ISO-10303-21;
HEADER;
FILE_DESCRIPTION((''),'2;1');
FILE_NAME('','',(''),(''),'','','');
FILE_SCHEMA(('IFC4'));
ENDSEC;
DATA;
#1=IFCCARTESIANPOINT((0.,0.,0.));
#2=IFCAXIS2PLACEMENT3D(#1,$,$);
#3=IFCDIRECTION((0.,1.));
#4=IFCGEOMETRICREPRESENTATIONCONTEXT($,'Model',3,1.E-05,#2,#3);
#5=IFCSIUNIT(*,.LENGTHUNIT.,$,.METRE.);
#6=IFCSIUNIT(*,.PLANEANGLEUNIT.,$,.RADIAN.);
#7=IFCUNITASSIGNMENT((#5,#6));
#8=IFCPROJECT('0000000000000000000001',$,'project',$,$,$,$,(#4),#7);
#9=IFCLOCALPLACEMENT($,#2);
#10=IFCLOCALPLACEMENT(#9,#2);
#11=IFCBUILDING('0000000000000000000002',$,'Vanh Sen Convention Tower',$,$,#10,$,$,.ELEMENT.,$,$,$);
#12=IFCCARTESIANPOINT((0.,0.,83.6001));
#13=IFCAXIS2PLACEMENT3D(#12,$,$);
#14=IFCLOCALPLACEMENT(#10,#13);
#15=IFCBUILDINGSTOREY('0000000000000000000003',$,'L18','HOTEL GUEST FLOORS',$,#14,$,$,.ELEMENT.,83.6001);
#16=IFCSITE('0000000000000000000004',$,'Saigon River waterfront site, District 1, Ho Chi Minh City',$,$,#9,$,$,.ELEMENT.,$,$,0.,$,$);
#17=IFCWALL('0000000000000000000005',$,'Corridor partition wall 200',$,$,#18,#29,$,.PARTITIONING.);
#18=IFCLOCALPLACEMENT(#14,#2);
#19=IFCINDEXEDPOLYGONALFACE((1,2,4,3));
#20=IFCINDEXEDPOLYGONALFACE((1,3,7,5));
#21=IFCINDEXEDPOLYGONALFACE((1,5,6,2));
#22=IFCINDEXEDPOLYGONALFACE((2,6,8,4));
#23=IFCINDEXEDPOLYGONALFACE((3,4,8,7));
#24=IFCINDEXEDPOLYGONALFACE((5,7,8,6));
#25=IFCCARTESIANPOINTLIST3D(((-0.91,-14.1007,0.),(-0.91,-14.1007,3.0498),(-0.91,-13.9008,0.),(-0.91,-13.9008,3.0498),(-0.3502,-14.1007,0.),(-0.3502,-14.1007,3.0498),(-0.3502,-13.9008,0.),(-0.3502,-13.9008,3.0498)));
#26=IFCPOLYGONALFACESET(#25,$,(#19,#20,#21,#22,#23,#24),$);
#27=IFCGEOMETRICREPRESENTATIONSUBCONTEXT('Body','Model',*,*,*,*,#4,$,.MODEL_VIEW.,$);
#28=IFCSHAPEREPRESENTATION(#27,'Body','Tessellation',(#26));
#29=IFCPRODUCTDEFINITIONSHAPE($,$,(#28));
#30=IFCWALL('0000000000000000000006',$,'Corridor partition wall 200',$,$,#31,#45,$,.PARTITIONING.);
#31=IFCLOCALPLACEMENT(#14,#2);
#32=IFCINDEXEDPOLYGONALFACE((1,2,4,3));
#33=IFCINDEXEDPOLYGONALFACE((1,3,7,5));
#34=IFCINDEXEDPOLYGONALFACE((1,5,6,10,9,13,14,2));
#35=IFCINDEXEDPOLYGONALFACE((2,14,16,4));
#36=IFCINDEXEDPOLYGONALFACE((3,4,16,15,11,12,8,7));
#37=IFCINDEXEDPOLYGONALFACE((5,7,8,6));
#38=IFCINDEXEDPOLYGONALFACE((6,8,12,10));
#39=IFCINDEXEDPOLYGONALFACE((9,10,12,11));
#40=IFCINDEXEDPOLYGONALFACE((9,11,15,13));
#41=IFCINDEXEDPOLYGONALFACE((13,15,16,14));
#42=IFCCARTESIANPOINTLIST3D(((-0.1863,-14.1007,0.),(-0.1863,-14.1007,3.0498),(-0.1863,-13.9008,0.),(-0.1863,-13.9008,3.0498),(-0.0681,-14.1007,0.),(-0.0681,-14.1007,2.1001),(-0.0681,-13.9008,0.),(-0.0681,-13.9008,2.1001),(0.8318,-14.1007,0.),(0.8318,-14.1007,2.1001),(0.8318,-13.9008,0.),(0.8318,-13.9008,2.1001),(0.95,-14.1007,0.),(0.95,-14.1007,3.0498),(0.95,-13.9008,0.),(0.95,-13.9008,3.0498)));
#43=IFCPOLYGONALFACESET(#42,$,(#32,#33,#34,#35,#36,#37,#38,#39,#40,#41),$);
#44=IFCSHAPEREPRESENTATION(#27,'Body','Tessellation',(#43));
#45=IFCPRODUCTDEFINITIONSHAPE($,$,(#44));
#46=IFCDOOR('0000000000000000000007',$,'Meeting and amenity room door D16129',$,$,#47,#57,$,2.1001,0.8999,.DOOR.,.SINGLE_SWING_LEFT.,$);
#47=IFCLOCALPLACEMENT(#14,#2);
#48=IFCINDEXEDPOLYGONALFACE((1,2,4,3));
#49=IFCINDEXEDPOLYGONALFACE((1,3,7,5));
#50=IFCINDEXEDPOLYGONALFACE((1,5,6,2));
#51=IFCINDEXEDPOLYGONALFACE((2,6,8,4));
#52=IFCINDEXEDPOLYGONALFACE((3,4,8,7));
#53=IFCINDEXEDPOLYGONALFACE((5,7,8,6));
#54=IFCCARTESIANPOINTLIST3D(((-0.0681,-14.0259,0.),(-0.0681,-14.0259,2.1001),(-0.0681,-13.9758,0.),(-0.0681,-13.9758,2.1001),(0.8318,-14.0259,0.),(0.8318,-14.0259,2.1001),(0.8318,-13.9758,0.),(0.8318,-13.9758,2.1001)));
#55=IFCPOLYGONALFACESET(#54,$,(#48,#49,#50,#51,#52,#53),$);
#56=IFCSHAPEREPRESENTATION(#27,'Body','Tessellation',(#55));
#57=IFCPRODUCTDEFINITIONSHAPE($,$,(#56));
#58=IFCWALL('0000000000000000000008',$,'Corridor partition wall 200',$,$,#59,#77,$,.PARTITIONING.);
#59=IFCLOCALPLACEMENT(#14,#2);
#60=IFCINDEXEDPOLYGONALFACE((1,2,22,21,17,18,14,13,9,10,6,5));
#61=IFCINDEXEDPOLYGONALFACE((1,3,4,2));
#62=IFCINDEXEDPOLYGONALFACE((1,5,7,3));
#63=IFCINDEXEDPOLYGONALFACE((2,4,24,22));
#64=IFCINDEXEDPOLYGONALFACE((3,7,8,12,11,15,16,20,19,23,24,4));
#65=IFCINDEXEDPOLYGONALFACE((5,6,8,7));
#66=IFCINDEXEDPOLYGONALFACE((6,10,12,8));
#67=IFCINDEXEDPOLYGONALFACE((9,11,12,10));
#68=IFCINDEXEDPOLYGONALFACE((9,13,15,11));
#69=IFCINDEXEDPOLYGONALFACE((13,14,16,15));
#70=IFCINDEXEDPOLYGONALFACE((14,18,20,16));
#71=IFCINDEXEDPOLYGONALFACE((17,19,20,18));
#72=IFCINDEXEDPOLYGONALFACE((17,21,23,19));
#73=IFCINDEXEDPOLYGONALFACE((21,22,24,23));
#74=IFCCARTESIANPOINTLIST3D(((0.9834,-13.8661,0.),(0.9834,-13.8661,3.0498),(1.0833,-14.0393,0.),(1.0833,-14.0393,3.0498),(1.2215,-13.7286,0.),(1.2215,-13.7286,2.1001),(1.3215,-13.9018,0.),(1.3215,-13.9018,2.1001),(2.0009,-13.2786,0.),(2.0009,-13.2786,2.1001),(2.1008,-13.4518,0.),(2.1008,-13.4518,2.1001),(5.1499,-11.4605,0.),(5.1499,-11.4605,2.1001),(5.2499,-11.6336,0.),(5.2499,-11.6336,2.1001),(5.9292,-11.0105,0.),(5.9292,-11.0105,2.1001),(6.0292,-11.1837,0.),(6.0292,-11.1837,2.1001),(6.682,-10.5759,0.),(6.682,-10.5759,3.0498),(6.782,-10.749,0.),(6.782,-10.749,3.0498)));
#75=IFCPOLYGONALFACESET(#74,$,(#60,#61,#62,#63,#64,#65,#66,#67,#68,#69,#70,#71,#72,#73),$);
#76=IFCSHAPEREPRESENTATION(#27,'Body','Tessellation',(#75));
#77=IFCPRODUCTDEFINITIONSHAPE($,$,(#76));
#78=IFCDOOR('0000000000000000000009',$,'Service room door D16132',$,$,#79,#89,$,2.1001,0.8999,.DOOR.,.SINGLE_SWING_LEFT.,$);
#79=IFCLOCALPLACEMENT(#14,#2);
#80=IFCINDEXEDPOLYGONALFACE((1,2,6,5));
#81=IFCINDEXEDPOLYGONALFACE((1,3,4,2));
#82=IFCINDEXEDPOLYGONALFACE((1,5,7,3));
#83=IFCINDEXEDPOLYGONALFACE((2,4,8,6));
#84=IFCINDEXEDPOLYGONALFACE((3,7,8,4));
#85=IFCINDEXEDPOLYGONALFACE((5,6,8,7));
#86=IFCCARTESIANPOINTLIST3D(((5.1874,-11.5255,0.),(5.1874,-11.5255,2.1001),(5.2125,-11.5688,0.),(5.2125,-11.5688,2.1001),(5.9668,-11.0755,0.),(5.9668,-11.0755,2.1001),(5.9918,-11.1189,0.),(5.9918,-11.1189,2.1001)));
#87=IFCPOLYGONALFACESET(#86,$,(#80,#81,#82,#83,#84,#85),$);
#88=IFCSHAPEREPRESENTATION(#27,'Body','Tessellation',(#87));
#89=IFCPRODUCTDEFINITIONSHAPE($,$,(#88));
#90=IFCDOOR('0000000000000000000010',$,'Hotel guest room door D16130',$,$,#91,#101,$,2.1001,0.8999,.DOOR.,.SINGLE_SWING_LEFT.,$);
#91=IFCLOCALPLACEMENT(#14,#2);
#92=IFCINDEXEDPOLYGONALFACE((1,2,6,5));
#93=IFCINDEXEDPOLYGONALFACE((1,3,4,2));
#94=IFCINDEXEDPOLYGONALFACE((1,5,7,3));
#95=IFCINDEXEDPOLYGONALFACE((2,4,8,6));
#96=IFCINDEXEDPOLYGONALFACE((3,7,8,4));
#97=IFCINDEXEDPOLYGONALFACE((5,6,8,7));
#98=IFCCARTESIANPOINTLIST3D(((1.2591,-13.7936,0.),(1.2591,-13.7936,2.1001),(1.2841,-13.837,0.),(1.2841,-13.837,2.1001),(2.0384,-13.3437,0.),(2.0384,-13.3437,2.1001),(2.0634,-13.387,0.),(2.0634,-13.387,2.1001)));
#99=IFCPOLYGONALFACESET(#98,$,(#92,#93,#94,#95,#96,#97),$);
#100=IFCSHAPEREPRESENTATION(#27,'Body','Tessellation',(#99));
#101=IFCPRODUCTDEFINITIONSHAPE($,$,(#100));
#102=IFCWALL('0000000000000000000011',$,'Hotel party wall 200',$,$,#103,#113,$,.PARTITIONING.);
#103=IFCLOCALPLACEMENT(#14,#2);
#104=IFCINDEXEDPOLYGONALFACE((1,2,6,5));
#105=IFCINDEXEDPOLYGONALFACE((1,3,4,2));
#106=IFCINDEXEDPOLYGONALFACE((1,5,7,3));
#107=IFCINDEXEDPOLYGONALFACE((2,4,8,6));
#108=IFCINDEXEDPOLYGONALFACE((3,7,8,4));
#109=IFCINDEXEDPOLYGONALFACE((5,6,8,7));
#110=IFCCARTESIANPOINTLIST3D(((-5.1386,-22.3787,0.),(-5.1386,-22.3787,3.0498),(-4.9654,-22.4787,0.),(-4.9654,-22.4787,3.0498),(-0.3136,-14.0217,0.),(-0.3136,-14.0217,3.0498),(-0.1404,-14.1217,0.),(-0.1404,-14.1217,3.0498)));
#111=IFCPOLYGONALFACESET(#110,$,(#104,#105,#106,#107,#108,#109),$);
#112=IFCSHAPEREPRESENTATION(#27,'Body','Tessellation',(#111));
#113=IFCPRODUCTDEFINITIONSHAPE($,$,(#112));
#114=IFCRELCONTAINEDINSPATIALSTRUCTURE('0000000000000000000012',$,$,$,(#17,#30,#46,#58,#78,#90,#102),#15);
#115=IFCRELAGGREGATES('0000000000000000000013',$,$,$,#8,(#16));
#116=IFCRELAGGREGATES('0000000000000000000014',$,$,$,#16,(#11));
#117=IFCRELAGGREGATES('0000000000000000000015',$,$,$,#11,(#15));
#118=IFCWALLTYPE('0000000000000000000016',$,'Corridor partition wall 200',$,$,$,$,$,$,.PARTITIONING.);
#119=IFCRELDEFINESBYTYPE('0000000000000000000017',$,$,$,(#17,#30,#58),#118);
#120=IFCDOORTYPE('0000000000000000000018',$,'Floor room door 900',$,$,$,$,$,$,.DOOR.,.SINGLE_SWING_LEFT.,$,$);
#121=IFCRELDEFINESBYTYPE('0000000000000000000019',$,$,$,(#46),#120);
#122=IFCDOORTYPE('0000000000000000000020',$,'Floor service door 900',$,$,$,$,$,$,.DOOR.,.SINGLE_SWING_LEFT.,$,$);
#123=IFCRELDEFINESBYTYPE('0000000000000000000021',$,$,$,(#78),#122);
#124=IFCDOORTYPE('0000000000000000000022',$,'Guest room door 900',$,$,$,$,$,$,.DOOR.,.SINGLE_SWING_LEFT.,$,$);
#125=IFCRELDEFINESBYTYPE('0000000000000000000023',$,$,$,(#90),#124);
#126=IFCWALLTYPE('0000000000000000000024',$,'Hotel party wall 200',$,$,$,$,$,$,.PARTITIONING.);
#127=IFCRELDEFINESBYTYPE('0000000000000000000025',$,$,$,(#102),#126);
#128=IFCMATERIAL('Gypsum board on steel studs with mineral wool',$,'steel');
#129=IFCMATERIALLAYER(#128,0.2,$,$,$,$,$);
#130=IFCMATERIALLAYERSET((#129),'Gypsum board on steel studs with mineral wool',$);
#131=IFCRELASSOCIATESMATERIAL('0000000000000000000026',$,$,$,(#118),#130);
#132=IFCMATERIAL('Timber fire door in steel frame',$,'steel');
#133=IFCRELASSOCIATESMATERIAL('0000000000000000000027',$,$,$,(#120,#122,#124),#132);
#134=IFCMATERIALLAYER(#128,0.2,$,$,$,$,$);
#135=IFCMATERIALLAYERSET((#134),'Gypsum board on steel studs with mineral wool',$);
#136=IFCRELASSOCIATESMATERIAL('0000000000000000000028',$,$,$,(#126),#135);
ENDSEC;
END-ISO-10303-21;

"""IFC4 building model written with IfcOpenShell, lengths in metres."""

from ifc_helpers import new_model, si_unit, direction, frame, frame_2d, origin, place, context, subcontext, project, spatial, rectangle, extrude, material, layer, layer_set, type_object, element, fill, save


model = new_model("IFC4")

# Units and contexts
model_context = context("Model", 3, precision=1e-05, world=origin(), true_north=direction((0.0, 1.0)))
body_context = subcontext(model_context, "Body", "Model", "MODEL_VIEW")
ifc_project = project(units=[si_unit("LENGTHUNIT", "METRE"), si_unit("PLANEANGLEUNIT", "RADIAN")], contexts=[model_context])

# Site, building, storey
site_placement = place(None, origin())
site = spatial("IfcSite", under=ifc_project, at=site_placement, Name="Saigon River waterfront site, District 1, Ho Chi Minh City", CompositionType="ELEMENT", RefElevation=0.0)
building_placement = place(site_placement, origin())
building = spatial("IfcBuilding", under=site, at=building_placement, Name="Vanh Sen Convention Tower", CompositionType="ELEMENT")
storey_placement = place(building_placement, frame((0.0, 0.0, 83.6001)))
storey = spatial("IfcBuildingStorey", under=building, at=storey_placement, Name="L18", Description="HOTEL GUEST FLOORS", CompositionType="ELEMENT", Elevation=83.6001)

# Wall
ifc_material_1 = material(Name="Gypsum board on steel studs with mineral wool", Category="steel")
ifc_layer_1 = layer(ifc_material_1, 0.2)
ifc_layer_set_1 = layer_set([ifc_layer_1], Name="Gypsum board on steel studs with mineral wool")
wall_type_1 = type_object("IfcWallType", Name="Corridor partition wall 200", PredefinedType="PARTITIONING", material=ifc_layer_set_1)
wall_1_placement = place(storey_placement, frame((-0.9099, -14.0007, 0.0), z_axis=(0.0, 0.0, 1.0), x_axis=(1.0, 0.0, 0.0)))
element("IfcWall", 1, at=wall_1_placement, inside=storey, type_object=wall_type_1, Name="Corridor partition wall 200", PredefinedType="PARTITIONING", context=body_context, shape_type="SweptSolid", body=[
    extrude(rectangle(XDim=0.5598, YDim=0.2, at=frame_2d((0.2798, 0.0))), origin(), (0.0, 0.0, 1.0), 3.0498),
])

# Wall, opening, door
wall_2_placement = place(storey_placement, frame((-0.1863, -14.0007, 0.0), z_axis=(0.0, 0.0, 1.0), x_axis=(1.0, 0.0, 0.0)))
wall_2 = element("IfcWall", 2, at=wall_2_placement, inside=storey, type_object=wall_type_1, Name="Corridor partition wall 200", PredefinedType="PARTITIONING", context=body_context, shape_type="SweptSolid", body=[
    extrude(rectangle(XDim=1.1362, YDim=0.2, at=frame_2d((0.5681, 0.0))), origin(), (0.0, 0.0, 1.0), 3.0498),
])
opening_1_placement = place(wall_2_placement, frame((0.1182, 0.0, 0.0)))
opening_1 = element("IfcOpeningElement", 3, at=opening_1_placement, cuts=wall_2, PredefinedType="OPENING", context=body_context, shape_type="SweptSolid", body=[
    extrude(rectangle(XDim=0.8999, YDim=2.1001, at=frame_2d((0.45, 1.05))), frame((0.0, 0.1099, 0.0), z_axis=(0.0, -1.0, 0.0), x_axis=(1.0, 0.0, 0.0)), (0.0, 0.0, 1.0), 0.22),
])
ifc_material_2 = material(Name="Timber fire door in steel frame", Category="steel")
door_type_1 = type_object("IfcDoorType", Name="Floor room door 900", OperationType="SINGLE_SWING_LEFT", PredefinedType="DOOR", material=ifc_material_2)
door_1_placement = place(opening_1_placement, origin())
door_1 = element("IfcDoor", 4, at=door_1_placement, inside=storey, type_object=door_type_1, Name="Meeting and amenity room door D16129", OperationType="SINGLE_SWING_LEFT", OverallHeight=2.1001, OverallWidth=0.8999, PredefinedType="DOOR", context=body_context, shape_type="SweptSolid", body=[
    extrude(rectangle(XDim=0.8999, YDim=2.1001, at=frame_2d((0.45, 1.05))), frame((0.0, 0.0249, 0.0), z_axis=(0.0, -1.0, 0.0), x_axis=(1.0, 0.0, 0.0)), (0.0, 0.0, 1.0), 0.05),
])
fill(opening_1, door_1)

# Wall, openings, doors
wall_3_placement = place(storey_placement, frame((1.0334, -13.9526, 0.0), z_axis=(0.0, 0.0, 1.0), x_axis=(0.866018, 0.500014, 0.0)))
wall_3 = element("IfcWall", 5, at=wall_3_placement, inside=storey, type_object=wall_type_1, Name="Corridor partition wall 200", PredefinedType="PARTITIONING", context=body_context, shape_type="SweptSolid", body=[
    extrude(rectangle(XDim=6.5803, YDim=0.2, at=frame_2d((3.29, 0.0))), origin(), (0.0, 0.0, 1.0), 3.0498),
])
opening_2_placement = place(wall_3_placement, frame((0.2749, 0.0, 0.0)))
opening_2 = element("IfcOpeningElement", 6, at=opening_2_placement, cuts=wall_3, PredefinedType="OPENING", context=body_context, shape_type="SweptSolid", body=[
    extrude(rectangle(XDim=0.8999, YDim=2.1001, at=frame_2d((0.45, 1.05))), frame((0.0, 0.1099, 0.0), z_axis=(0.0, -1.0, 0.0), x_axis=(1.0, 0.0, 0.0)), (0.0, 0.0, 1.0), 0.22),
])
opening_3_placement = place(wall_3_placement, frame((4.811, 0.0, 0.0)))
opening_3 = element("IfcOpeningElement", 7, at=opening_3_placement, cuts=wall_3, PredefinedType="OPENING", context=body_context, shape_type="SweptSolid", body=[
    extrude(rectangle(XDim=0.8999, YDim=2.1001, at=frame_2d((0.45, 1.05))), frame((0.0, 0.1099, 0.0), z_axis=(0.0, -1.0, 0.0), x_axis=(1.0, 0.0, 0.0)), (0.0, 0.0, 1.0), 0.22),
])
door_type_2 = type_object("IfcDoorType", Name="Floor service door 900", OperationType="SINGLE_SWING_LEFT", PredefinedType="DOOR", material=ifc_material_2)
door_2_placement = place(opening_3_placement, origin())
door_2 = element("IfcDoor", 8, at=door_2_placement, inside=storey, type_object=door_type_2, Name="Service room door D16132", OperationType="SINGLE_SWING_LEFT", OverallHeight=2.1001, OverallWidth=0.8999, PredefinedType="DOOR", context=body_context, shape_type="SweptSolid", body=[
    extrude(rectangle(XDim=0.8999, YDim=2.1001, at=frame_2d((0.45, 1.05))), frame((0.0, 0.0249, 0.0), z_axis=(0.0, -1.0, 0.0), x_axis=(1.0, 0.0, 0.0)), (0.0, 0.0, 1.0), 0.05),
])
fill(opening_3, door_2)
door_type_3 = type_object("IfcDoorType", Name="Guest room door 900", OperationType="SINGLE_SWING_LEFT", PredefinedType="DOOR", material=ifc_material_2)
door_3_placement = place(opening_2_placement, origin())
door_3 = element("IfcDoor", 9, at=door_3_placement, inside=storey, type_object=door_type_3, Name="Hotel guest room door D16130", OperationType="SINGLE_SWING_LEFT", OverallHeight=2.1001, OverallWidth=0.8999, PredefinedType="DOOR", context=body_context, shape_type="SweptSolid", body=[
    extrude(rectangle(XDim=0.8999, YDim=2.1001, at=frame_2d((0.45, 1.05))), frame((0.0, 0.0249, 0.0), z_axis=(0.0, -1.0, 0.0), x_axis=(1.0, 0.0, 0.0)), (0.0, 0.0, 1.0), 0.05),
])
fill(opening_2, door_3)

# Wall
ifc_layer_2 = layer(ifc_material_1, 0.2)
ifc_layer_set_2 = layer_set([ifc_layer_2], Name="Gypsum board on steel studs with mineral wool")
wall_type_2 = type_object("IfcWallType", Name="Hotel party wall 200", PredefinedType="PARTITIONING", material=ifc_layer_set_2)
wall_4_placement = place(storey_placement, frame((-5.052, -22.4287, 0.0), z_axis=(0.0, 0.0, 1.0), x_axis=(0.500006, 0.866022, 0.0)))
element("IfcWall", 10, at=wall_4_placement, inside=storey, type_object=wall_type_2, Name="Hotel party wall 200", PredefinedType="PARTITIONING", context=body_context, shape_type="SweptSolid", body=[
    extrude(rectangle(XDim=9.6499, YDim=0.2, at=frame_2d((4.825, 0.0))), origin(), (0.0, 0.0, 1.0), 3.0498),
])

save(model, "model.ifc")
